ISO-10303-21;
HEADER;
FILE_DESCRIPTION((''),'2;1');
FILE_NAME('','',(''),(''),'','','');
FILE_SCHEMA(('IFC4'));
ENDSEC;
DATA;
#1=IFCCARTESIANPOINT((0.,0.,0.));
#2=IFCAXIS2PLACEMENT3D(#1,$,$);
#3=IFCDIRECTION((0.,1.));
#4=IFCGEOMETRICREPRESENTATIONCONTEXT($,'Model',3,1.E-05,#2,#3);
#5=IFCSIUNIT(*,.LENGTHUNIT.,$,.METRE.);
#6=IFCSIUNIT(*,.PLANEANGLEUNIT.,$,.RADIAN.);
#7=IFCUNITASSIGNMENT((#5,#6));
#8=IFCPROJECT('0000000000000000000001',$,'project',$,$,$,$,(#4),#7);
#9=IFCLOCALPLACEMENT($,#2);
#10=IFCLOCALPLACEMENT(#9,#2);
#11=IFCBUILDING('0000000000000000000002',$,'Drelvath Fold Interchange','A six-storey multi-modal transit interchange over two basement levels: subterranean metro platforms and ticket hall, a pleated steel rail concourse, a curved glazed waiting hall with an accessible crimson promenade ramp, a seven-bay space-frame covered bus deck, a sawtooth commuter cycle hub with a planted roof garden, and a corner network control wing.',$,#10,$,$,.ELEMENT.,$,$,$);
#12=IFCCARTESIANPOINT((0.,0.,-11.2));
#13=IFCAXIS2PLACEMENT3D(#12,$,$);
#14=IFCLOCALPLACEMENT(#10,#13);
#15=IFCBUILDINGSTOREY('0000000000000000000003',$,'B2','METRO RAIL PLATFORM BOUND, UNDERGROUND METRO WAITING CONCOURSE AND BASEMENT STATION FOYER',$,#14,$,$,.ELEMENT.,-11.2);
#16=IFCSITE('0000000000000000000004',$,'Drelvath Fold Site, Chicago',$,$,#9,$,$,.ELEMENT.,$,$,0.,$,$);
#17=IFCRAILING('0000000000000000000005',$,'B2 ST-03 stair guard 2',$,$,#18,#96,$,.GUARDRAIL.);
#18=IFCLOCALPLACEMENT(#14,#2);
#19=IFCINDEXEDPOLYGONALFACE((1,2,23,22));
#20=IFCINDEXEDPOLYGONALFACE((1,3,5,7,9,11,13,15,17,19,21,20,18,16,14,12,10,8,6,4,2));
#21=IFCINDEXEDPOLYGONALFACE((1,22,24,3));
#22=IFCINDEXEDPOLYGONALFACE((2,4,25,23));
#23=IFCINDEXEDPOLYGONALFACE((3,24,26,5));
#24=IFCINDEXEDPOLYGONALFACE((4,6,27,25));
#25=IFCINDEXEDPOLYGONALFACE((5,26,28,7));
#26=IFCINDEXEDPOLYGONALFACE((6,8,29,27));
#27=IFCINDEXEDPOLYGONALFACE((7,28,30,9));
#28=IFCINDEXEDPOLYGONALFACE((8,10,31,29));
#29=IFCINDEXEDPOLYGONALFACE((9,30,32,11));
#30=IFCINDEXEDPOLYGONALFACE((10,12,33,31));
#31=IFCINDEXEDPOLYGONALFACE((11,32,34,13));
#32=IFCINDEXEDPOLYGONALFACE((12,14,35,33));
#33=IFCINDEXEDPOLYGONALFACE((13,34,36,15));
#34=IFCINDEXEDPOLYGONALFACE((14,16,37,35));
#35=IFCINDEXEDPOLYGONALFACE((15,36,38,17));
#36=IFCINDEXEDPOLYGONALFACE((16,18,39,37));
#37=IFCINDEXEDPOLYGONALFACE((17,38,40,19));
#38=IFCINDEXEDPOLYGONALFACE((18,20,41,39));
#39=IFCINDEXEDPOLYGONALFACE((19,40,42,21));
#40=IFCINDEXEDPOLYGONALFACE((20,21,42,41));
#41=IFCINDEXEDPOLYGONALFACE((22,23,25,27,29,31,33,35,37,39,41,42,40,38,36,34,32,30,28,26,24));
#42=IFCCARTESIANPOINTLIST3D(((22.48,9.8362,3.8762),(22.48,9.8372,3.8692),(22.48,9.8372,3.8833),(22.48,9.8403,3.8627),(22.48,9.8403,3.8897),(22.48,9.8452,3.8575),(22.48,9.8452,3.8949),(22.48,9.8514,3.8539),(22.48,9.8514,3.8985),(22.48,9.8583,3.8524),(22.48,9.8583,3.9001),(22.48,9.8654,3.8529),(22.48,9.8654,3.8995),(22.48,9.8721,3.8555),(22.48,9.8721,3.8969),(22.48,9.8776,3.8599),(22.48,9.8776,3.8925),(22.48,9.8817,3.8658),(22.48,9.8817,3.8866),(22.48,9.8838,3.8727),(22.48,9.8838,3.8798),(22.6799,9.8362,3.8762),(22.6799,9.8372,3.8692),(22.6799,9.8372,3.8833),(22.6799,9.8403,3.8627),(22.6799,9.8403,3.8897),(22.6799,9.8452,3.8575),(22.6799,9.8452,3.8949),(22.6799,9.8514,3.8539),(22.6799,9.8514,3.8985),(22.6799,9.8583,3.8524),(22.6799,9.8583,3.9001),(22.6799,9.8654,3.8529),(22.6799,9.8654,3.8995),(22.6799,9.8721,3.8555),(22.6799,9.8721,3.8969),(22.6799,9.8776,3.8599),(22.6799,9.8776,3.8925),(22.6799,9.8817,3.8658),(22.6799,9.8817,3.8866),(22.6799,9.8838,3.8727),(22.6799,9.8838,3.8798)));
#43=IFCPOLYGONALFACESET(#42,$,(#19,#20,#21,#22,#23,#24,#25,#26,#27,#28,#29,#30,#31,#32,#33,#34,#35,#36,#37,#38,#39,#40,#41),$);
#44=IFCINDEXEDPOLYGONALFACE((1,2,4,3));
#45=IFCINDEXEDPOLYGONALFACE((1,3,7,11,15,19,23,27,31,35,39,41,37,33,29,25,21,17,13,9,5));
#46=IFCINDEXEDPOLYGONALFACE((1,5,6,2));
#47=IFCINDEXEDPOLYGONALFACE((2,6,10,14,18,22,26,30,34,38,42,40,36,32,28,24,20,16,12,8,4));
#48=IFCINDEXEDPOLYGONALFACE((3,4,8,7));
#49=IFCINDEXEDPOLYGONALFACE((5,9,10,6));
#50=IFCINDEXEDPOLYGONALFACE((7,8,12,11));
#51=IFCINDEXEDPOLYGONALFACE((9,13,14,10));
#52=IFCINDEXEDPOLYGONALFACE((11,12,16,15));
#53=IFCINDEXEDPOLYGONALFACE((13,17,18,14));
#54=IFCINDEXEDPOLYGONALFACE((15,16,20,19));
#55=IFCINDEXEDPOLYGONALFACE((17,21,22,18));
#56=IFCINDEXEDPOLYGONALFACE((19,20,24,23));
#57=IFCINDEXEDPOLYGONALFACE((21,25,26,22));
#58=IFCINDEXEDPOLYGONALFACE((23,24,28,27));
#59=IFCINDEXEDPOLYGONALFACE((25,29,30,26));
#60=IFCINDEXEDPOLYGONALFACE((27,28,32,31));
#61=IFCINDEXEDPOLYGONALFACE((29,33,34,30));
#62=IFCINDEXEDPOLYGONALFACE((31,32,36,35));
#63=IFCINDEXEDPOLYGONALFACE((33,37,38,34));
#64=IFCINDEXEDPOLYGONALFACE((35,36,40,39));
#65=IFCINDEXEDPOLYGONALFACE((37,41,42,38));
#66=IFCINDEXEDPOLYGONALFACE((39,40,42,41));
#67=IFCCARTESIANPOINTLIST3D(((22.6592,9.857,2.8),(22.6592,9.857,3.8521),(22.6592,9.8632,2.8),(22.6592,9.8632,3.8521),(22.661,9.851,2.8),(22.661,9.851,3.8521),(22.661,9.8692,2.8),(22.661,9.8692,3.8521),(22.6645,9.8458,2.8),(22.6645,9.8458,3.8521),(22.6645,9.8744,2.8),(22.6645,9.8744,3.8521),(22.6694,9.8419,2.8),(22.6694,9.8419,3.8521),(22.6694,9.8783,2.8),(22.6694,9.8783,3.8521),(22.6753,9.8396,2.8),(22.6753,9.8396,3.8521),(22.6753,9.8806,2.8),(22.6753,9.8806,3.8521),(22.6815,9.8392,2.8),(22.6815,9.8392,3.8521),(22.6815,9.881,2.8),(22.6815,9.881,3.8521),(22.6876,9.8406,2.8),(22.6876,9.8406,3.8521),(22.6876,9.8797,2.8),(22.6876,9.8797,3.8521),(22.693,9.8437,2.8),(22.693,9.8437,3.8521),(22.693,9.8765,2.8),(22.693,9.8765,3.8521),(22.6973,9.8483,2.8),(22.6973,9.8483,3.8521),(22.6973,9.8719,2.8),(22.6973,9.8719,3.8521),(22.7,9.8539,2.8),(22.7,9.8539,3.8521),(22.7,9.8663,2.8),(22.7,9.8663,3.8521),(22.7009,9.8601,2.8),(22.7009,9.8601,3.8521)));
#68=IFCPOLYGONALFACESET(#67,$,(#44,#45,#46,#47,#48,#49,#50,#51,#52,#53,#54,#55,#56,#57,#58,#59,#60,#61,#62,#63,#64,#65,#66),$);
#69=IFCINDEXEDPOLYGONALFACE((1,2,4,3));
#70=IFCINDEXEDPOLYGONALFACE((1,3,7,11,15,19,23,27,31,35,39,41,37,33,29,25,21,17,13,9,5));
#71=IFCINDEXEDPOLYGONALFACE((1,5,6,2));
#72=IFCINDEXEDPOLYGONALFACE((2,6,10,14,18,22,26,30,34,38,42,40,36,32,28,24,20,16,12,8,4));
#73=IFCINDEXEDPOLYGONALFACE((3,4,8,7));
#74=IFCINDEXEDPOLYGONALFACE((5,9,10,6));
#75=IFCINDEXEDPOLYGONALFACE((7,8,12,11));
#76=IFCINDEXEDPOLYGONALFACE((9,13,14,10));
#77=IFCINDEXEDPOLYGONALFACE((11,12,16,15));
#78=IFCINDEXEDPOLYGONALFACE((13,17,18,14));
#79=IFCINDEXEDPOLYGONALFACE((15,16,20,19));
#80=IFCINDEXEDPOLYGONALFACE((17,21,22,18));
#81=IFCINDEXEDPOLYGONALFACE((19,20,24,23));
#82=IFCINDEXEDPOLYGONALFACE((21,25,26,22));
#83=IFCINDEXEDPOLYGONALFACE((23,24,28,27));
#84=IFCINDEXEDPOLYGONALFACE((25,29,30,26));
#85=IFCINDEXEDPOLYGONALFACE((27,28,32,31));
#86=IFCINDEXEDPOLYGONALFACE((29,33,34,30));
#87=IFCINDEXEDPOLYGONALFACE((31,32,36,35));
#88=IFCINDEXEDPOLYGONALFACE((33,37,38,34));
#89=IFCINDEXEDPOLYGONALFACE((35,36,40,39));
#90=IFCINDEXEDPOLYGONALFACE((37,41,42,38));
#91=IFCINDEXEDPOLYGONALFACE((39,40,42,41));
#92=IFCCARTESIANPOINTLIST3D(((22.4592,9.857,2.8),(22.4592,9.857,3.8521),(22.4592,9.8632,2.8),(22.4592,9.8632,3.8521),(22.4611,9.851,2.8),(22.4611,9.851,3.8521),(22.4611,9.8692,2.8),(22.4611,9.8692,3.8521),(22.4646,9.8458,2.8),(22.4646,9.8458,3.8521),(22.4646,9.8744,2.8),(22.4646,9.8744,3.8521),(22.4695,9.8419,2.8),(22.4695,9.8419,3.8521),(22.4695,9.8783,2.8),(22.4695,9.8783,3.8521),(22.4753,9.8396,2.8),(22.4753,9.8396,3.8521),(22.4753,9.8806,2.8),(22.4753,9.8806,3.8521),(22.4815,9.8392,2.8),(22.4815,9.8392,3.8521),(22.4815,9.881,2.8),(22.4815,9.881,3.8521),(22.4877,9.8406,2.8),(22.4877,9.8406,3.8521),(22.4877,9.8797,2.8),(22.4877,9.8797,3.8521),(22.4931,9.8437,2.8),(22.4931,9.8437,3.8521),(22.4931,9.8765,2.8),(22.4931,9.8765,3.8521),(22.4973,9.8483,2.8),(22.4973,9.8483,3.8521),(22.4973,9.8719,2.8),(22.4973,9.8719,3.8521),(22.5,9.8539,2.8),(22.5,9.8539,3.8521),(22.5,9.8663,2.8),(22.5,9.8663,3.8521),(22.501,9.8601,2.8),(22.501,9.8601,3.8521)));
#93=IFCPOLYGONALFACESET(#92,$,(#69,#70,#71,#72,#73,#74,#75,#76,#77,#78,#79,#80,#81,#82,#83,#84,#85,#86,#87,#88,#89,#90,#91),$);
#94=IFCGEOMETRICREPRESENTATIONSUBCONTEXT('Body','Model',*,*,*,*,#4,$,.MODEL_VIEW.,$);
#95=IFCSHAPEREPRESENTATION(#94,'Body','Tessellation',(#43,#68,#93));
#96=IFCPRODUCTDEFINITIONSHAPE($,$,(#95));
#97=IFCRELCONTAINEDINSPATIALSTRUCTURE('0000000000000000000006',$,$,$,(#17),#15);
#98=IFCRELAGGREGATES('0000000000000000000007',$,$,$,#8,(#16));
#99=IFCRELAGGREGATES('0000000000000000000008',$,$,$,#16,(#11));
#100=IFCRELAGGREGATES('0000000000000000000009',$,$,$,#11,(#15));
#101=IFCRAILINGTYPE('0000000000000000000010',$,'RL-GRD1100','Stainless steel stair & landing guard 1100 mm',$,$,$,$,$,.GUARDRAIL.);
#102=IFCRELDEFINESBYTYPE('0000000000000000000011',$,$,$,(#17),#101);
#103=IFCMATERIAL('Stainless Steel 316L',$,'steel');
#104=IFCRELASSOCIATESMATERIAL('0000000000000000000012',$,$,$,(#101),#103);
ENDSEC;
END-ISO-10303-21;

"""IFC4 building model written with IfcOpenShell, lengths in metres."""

from ifc_helpers import new_model, si_unit, direction, frame, origin, origin_2d, place, context, subcontext, project, spatial, circle, extrude, material, type_object, element, save


model = new_model("IFC4")

# Units and contexts
model_context = context("Model", 3, precision=1e-05, world=origin(), true_north=direction((0.0, 1.0)))
body_context = subcontext(model_context, "Body", "Model", "MODEL_VIEW")
ifc_project = project(units=[si_unit("LENGTHUNIT", "METRE"), si_unit("PLANEANGLEUNIT", "RADIAN")], contexts=[model_context])

# Site, building, storey
site_placement = place(None, origin())
site = spatial("IfcSite", under=ifc_project, at=site_placement, Name="Drelvath Fold Site, Chicago", CompositionType="ELEMENT", RefElevation=0.0)
building_placement = place(site_placement, origin())
building = spatial("IfcBuilding", under=site, at=building_placement, Name="Drelvath Fold Interchange", Description="A six-storey multi-modal transit interchange over two basement levels: subterranean metro platforms and ticket hall, a pleated steel rail concourse, a curved glazed waiting hall with an accessible crimson promenade ramp, a seven-bay space-frame covered bus deck, a sawtooth commuter cycle hub with a planted roof garden, and a corner network control wing.", CompositionType="ELEMENT")
storey_placement = place(building_placement, frame((0.0, 0.0, -11.2)))
storey = spatial("IfcBuildingStorey", under=building, at=storey_placement, Name="B2", Description="METRO RAIL PLATFORM BOUND, UNDERGROUND METRO WAITING CONCOURSE AND BASEMENT STATION FOYER", CompositionType="ELEMENT", Elevation=-11.2)

# Railing
ifc_material_1 = material(Name="Stainless Steel 316L", Category="steel")
railing_type_1 = type_object("IfcRailingType", Name="RL-GRD1100", Description="Stainless steel stair & landing guard 1100 mm", PredefinedType="GUARDRAIL", material=ifc_material_1)
railing_1_placement = place(storey_placement, frame((22.6799, 9.8601, 2.8)))
element("IfcRailing", 1, at=railing_1_placement, inside=storey, type_object=railing_type_1, Name="B2 ST-03 stair guard 2", PredefinedType="GUARDRAIL", context=body_context, shape_type="SweptSolid", body=[
    extrude(circle(Radius=0.0239, at=origin_2d()), frame((0.0, 0.0, 1.0762), z_axis=(-1.0, 0.0, 0.0), x_axis=(0.0, -1.0, 0.0)), (0.0, 0.0, 1.0), 0.2),
    extrude(circle(Radius=0.021, at=origin_2d()), origin(), (0.0, 0.0, 1.0), 1.052),
    extrude(circle(Radius=0.021, at=origin_2d()), frame((-0.2, 0.0, 0.0)), (0.0, 0.0, 1.0), 1.052),
])

save(model, "model.ifc")
